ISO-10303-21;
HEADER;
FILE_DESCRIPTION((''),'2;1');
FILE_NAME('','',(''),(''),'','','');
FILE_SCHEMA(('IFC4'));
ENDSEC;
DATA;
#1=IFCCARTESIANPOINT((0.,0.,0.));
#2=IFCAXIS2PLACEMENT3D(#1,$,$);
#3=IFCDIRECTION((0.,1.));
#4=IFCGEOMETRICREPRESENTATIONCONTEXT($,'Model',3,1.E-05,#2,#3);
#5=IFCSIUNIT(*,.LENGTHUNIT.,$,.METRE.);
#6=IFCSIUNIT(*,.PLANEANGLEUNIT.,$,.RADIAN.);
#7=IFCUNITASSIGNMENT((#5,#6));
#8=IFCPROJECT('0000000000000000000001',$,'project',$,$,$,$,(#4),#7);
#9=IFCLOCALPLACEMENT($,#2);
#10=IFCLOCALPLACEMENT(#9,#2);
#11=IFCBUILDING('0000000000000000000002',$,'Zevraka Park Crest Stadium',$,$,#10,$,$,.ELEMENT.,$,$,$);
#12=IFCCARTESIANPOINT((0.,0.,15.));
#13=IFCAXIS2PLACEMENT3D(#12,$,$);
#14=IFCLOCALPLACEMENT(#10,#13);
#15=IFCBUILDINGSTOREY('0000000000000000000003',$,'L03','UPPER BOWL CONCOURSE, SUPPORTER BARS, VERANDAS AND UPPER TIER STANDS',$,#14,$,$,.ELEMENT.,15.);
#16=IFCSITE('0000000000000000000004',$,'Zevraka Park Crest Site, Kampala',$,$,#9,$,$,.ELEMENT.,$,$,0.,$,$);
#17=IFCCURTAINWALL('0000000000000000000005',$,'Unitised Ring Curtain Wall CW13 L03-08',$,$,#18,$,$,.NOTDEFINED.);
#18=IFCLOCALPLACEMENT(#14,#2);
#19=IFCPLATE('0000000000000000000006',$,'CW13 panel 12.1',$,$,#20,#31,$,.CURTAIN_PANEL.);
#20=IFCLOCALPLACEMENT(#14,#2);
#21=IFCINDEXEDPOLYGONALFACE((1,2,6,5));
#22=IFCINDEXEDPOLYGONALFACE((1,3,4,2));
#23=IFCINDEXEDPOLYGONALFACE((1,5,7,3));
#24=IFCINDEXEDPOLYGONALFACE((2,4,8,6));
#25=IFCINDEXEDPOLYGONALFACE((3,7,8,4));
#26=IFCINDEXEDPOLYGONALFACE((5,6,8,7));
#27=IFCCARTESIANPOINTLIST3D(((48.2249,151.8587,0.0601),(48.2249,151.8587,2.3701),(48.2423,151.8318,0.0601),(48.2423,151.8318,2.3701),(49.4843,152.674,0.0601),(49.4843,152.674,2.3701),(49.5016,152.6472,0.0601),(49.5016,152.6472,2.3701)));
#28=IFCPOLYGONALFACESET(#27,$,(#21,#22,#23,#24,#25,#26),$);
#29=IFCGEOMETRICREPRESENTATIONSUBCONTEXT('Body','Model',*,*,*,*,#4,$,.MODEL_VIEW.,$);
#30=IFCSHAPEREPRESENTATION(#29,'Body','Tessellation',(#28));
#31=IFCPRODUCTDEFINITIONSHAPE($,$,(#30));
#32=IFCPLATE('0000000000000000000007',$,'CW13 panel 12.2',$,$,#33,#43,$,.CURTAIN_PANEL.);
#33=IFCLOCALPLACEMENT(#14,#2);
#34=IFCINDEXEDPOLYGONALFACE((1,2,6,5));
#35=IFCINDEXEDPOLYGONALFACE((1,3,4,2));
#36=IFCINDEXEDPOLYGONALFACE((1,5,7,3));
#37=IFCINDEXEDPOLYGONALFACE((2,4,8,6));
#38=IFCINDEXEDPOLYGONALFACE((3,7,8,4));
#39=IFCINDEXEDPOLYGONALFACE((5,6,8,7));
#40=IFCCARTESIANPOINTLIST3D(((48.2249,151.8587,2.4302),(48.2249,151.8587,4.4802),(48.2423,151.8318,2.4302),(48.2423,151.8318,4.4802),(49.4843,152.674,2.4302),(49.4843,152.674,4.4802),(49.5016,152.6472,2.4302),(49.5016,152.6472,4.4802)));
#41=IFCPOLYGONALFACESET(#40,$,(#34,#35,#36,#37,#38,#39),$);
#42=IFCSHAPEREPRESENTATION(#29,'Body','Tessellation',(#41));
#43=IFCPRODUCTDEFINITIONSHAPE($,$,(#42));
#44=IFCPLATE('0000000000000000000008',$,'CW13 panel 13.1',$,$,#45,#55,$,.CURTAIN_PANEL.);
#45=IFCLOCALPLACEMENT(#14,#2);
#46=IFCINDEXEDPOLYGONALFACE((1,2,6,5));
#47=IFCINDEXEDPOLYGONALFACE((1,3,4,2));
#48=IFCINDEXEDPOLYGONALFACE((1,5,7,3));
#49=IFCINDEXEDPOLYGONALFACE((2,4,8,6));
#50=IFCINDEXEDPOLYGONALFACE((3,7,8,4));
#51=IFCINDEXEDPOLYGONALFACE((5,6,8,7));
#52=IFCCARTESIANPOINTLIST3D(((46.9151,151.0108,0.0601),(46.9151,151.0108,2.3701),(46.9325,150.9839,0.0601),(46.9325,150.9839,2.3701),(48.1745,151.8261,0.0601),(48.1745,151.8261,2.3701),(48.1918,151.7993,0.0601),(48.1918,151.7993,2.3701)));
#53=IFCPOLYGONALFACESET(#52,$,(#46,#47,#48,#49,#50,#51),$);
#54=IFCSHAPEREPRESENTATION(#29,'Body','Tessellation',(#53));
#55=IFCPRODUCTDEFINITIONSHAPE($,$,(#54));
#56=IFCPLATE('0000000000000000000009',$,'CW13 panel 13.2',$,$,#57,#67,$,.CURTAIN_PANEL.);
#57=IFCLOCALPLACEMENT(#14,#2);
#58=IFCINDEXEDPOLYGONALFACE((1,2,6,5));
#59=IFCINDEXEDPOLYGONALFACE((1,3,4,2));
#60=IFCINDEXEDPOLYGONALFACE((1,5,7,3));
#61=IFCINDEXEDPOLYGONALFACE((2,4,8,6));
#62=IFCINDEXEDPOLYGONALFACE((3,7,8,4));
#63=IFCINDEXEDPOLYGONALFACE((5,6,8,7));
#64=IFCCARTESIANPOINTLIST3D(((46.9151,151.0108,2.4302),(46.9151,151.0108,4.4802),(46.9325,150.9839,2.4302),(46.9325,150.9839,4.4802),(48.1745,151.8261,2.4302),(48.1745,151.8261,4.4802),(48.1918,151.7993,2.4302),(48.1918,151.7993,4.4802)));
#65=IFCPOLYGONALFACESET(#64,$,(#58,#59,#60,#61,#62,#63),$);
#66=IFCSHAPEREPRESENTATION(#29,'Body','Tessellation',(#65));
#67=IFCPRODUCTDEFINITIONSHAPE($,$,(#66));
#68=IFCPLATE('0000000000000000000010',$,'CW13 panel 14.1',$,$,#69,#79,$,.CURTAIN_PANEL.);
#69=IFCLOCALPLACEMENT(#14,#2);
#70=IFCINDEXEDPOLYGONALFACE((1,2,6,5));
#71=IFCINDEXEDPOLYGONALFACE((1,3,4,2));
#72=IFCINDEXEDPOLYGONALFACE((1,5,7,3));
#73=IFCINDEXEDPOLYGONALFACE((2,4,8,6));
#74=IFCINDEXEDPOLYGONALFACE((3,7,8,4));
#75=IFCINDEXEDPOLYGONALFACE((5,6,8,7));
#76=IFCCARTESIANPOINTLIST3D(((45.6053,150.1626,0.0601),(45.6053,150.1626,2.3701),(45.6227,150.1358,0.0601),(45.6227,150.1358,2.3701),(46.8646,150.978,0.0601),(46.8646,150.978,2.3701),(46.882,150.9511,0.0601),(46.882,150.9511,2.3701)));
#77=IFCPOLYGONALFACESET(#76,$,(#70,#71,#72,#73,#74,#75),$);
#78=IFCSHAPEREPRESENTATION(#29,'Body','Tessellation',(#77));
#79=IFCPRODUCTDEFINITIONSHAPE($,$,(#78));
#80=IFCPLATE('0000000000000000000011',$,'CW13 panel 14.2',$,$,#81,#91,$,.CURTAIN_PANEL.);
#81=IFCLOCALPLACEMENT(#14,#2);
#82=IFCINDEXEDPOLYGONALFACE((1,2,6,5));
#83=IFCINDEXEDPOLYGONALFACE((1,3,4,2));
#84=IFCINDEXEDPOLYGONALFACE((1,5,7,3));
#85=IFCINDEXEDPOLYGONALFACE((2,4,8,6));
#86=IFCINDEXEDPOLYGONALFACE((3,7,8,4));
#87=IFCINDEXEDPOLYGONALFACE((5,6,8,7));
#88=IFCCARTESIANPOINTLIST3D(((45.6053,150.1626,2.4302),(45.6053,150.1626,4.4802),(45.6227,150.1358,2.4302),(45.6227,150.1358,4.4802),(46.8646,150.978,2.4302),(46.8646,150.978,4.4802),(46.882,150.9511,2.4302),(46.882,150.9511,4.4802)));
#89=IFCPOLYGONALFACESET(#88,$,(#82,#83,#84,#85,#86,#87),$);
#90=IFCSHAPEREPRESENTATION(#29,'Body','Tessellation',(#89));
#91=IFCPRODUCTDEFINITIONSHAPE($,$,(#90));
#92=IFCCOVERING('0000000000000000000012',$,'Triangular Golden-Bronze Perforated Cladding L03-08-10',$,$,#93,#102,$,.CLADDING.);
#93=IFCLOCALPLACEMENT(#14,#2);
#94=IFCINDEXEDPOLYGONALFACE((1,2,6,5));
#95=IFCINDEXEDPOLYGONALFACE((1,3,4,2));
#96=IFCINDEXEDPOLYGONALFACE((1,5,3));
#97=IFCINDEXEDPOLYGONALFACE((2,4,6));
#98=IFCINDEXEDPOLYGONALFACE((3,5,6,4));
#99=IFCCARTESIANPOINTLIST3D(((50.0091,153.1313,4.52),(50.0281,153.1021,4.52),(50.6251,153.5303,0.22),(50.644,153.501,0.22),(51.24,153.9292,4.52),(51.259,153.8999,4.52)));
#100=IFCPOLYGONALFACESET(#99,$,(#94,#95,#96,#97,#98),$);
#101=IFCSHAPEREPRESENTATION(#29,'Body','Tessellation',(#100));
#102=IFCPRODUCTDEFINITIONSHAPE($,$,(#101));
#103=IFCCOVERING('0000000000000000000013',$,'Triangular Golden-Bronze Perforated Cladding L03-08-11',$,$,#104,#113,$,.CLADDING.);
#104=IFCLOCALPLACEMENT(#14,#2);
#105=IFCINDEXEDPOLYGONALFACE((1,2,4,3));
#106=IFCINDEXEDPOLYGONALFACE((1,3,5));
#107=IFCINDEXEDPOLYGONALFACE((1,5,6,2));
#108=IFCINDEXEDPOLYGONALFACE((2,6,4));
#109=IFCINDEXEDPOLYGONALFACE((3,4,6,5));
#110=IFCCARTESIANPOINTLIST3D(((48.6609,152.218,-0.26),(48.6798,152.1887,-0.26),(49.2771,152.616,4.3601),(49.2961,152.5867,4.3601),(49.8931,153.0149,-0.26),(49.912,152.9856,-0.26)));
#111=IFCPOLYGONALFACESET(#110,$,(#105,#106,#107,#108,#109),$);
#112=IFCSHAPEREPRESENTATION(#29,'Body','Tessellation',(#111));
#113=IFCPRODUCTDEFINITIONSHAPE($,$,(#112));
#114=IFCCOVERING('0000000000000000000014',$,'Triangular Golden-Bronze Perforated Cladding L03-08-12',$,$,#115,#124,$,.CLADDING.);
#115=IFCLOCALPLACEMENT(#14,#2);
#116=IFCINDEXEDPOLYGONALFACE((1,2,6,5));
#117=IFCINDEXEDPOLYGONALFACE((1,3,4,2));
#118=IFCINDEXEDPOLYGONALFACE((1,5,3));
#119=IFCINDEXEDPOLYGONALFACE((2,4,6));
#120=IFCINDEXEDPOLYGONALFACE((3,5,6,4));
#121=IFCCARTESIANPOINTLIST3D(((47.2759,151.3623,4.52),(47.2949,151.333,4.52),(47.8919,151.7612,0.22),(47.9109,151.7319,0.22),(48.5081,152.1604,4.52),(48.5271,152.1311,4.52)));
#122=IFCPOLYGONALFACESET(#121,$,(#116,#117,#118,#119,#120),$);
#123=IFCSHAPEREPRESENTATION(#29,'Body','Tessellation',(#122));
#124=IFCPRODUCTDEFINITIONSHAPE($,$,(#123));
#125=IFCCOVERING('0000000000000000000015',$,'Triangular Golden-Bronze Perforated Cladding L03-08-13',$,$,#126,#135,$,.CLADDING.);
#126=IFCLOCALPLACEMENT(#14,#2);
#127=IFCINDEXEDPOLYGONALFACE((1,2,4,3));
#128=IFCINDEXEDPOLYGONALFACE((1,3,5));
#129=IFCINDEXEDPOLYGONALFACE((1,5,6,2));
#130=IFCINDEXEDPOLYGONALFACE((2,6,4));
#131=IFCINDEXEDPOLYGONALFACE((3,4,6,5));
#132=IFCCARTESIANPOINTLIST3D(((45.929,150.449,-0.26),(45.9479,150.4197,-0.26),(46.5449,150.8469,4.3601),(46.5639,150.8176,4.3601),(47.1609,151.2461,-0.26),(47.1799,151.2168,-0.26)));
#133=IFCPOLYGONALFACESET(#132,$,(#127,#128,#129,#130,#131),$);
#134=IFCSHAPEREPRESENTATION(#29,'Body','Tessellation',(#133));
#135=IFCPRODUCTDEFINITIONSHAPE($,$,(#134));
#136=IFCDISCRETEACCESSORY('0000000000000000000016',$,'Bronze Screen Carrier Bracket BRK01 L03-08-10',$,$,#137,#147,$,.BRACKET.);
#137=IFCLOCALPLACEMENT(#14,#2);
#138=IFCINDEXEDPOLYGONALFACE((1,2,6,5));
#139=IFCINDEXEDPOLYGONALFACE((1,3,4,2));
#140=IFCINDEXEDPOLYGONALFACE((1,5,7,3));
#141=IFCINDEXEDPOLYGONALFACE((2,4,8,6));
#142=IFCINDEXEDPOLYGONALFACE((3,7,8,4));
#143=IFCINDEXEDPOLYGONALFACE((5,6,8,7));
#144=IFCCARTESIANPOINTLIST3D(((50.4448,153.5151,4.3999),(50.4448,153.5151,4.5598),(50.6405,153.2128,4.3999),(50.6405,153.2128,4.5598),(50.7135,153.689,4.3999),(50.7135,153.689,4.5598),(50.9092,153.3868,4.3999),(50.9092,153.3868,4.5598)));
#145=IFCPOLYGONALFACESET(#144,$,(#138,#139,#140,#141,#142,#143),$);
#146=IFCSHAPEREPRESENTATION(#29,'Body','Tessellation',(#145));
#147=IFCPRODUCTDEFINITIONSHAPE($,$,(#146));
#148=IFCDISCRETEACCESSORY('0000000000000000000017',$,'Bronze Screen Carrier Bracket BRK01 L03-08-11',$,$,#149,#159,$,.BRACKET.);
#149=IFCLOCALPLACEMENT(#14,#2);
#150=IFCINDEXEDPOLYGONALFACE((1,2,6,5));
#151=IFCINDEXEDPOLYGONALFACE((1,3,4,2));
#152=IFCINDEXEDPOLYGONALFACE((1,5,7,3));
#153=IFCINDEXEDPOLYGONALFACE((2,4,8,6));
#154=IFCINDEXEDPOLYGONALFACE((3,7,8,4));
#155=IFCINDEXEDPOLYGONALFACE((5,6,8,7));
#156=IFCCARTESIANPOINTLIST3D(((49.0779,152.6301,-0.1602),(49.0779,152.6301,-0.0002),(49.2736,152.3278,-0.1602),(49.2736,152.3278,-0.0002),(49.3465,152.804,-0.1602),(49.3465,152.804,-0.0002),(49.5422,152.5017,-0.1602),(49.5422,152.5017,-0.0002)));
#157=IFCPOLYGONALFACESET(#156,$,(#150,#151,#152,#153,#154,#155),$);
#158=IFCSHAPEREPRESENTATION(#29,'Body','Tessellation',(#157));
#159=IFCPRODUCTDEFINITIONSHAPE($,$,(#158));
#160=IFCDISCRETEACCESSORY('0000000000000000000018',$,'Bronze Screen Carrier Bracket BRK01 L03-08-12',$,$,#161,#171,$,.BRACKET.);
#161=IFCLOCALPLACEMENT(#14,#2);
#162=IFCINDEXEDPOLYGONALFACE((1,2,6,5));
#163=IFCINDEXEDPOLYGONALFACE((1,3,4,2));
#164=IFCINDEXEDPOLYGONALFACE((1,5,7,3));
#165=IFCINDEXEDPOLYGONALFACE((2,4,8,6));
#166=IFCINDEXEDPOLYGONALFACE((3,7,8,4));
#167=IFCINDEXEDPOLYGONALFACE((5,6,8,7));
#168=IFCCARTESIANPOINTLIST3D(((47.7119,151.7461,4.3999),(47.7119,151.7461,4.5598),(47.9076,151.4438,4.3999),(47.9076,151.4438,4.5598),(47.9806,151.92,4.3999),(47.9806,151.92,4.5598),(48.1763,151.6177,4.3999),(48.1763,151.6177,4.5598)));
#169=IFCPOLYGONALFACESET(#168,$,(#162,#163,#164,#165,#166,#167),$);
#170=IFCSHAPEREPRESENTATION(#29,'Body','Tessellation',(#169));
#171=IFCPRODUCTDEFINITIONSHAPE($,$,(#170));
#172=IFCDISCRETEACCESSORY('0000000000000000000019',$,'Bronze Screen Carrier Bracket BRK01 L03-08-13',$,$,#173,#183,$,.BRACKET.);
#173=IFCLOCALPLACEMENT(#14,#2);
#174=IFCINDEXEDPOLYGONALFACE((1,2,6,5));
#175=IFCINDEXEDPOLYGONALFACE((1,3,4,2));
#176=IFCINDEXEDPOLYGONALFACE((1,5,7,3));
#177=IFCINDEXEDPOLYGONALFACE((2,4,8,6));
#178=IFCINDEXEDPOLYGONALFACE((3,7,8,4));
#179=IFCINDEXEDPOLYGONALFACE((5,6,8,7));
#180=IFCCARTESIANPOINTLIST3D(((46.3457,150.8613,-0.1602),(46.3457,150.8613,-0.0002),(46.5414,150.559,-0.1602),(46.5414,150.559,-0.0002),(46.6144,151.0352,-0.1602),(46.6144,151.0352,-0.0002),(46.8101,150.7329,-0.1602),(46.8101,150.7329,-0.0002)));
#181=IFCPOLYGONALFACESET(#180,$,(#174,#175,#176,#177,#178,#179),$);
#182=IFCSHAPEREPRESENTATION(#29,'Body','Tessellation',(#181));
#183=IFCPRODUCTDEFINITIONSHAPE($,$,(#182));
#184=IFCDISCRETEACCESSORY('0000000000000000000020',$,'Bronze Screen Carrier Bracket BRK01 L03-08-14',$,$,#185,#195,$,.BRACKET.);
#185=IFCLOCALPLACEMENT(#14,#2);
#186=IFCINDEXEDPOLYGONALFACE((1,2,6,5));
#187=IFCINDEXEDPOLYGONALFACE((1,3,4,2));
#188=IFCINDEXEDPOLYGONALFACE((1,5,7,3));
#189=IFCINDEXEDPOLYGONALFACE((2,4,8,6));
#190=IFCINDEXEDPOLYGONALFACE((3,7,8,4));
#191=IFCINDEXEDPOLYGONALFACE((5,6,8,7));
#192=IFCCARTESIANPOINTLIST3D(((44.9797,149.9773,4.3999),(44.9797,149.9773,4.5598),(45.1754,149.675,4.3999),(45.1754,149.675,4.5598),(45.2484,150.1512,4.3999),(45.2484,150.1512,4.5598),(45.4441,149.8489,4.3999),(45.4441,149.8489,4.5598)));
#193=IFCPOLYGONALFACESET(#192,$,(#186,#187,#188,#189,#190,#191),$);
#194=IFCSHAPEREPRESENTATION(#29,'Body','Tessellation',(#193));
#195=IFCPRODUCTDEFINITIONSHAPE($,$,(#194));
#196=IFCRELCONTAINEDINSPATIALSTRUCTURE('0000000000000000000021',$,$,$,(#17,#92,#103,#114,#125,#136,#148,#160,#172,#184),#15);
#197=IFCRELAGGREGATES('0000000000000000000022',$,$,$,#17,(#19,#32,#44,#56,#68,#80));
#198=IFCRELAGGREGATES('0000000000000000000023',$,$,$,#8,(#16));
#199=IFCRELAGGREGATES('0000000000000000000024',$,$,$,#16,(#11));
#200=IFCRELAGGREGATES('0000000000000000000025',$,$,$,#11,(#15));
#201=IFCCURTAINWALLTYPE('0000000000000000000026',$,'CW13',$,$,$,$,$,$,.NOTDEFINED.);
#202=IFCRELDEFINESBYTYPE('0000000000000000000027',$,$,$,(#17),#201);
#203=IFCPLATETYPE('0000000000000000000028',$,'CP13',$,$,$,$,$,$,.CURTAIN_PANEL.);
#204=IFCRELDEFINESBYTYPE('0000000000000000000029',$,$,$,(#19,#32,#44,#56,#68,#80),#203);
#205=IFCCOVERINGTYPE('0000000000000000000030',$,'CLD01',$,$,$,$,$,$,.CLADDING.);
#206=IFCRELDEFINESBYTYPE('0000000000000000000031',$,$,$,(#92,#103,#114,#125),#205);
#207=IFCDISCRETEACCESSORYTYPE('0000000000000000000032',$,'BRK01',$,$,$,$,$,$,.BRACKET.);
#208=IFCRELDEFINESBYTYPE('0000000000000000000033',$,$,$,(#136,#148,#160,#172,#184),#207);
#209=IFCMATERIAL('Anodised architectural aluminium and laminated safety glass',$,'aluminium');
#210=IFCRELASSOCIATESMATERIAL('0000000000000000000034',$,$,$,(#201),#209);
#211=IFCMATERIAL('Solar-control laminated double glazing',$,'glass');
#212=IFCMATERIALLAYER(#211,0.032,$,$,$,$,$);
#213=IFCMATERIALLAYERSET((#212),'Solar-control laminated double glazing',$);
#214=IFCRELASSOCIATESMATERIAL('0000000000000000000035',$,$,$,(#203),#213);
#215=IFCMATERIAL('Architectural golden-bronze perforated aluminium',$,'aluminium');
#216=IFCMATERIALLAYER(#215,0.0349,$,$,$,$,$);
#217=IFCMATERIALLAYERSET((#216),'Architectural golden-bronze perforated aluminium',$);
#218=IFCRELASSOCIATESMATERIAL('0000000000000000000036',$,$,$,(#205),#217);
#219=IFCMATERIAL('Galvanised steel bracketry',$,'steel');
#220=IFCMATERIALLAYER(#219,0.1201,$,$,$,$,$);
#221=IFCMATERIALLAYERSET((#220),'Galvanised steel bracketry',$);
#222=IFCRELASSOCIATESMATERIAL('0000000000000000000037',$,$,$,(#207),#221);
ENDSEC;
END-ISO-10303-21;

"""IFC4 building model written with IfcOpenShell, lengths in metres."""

from ifc_helpers import new_model, si_unit, direction, frame, origin, origin_2d, place, context, subcontext, project, spatial, polyline, rectangle, outline, extrude, material, layer, layer_set, type_object, element, aggregate, save


model = new_model("IFC4")

# Units and contexts
model_context = context("Model", 3, precision=1e-05, world=origin(), true_north=direction((0.0, 1.0)))
body_context = subcontext(model_context, "Body", "Model", "MODEL_VIEW")
ifc_project = project(units=[si_unit("LENGTHUNIT", "METRE"), si_unit("PLANEANGLEUNIT", "RADIAN")], contexts=[model_context])

# Site, building, storey
site_placement = place(None, origin())
site = spatial("IfcSite", under=ifc_project, at=site_placement, Name="Zevraka Park Crest Site, Kampala", CompositionType="ELEMENT", RefElevation=0.0)
building_placement = place(site_placement, origin())
building = spatial("IfcBuilding", under=site, at=building_placement, Name="Zevraka Park Crest Stadium", CompositionType="ELEMENT")
storey_placement = place(building_placement, frame((0.0, 0.0, 15.0)))
storey = spatial("IfcBuildingStorey", under=building, at=storey_placement, Name="L03", Description="UPPER BOWL CONCOURSE, SUPPORTER BARS, VERANDAS AND UPPER TIER STANDS", CompositionType="ELEMENT", Elevation=15.0)

# Curtain wall
ifc_material_1 = material(Name="Anodised architectural aluminium and laminated safety glass", Category="aluminium")
curtain_wall_type = type_object("IfcCurtainWallType", Name="CW13", PredefinedType="NOTDEFINED", material=ifc_material_1)
curtain_wall_placement = place(storey_placement, origin())
curtain_wall = element("IfcCurtainWall", 1, at=curtain_wall_placement, inside=storey, type_object=curtain_wall_type, Name="Unitised Ring Curtain Wall CW13 L03-08", PredefinedType="NOTDEFINED")

# Plates
ifc_material_2 = material(Name="Solar-control laminated double glazing", Category="glass")
ifc_layer_1 = layer(ifc_material_2, 0.032)
ifc_layer_set_1 = layer_set([ifc_layer_1], Name="Solar-control laminated double glazing")
plate_type = type_object("IfcPlateType", Name="CP13", PredefinedType="CURTAIN_PANEL", material=ifc_layer_set_1)
plate_1_placement = place(storey_placement, frame((48.8633, 152.2529, 0.0601), z_axis=(0.0, 0.0, 1.0), x_axis=(-0.839429, -0.543469, 0.0)))
plate_1 = element("IfcPlate", 2, at=plate_1_placement, type_object=plate_type, Name="CW13 panel 12.1", PredefinedType="CURTAIN_PANEL", context=body_context, shape_type="SweptSolid", body=[
    extrude(rectangle(XDim=1.5002, YDim=0.032, at=origin_2d()), origin(), (0.0, 0.0, 1.0), 2.3101),
])
plate_2_placement = place(storey_placement, frame((48.8633, 152.2529, 2.4302), z_axis=(0.0, 0.0, 1.0), x_axis=(-0.839429, -0.543469, 0.0)))
plate_2 = element("IfcPlate", 3, at=plate_2_placement, type_object=plate_type, Name="CW13 panel 12.2", PredefinedType="CURTAIN_PANEL", context=body_context, shape_type="SweptSolid", body=[
    extrude(rectangle(XDim=1.5002, YDim=0.032, at=origin_2d()), origin(), (0.0, 0.0, 1.0), 2.05),
])
plate_3_placement = place(storey_placement, frame((47.5535, 151.405, 0.0601), z_axis=(0.0, 0.0, 1.0), x_axis=(-0.839429, -0.543469, 0.0)))
plate_3 = element("IfcPlate", 4, at=plate_3_placement, type_object=plate_type, Name="CW13 panel 13.1", PredefinedType="CURTAIN_PANEL", context=body_context, shape_type="SweptSolid", body=[
    extrude(rectangle(XDim=1.5002, YDim=0.032, at=origin_2d()), origin(), (0.0, 0.0, 1.0), 2.3101),
])
plate_4_placement = place(storey_placement, frame((47.5535, 151.405, 2.4302), z_axis=(0.0, 0.0, 1.0), x_axis=(-0.839429, -0.543469, 0.0)))
plate_4 = element("IfcPlate", 5, at=plate_4_placement, type_object=plate_type, Name="CW13 panel 13.2", PredefinedType="CURTAIN_PANEL", context=body_context, shape_type="SweptSolid", body=[
    extrude(rectangle(XDim=1.5002, YDim=0.032, at=origin_2d()), origin(), (0.0, 0.0, 1.0), 2.05),
])
plate_5_placement = place(storey_placement, frame((46.2437, 150.5569, 0.0601), z_axis=(0.0, 0.0, 1.0), x_axis=(-0.839429, -0.543469, 0.0)))
plate_5 = element("IfcPlate", 6, at=plate_5_placement, type_object=plate_type, Name="CW13 panel 14.1", PredefinedType="CURTAIN_PANEL", context=body_context, shape_type="SweptSolid", body=[
    extrude(rectangle(XDim=1.5002, YDim=0.032, at=origin_2d()), origin(), (0.0, 0.0, 1.0), 2.3101),
])
plate_6_placement = place(storey_placement, frame((46.2437, 150.5569, 2.4302), z_axis=(0.0, 0.0, 1.0), x_axis=(-0.839429, -0.543469, 0.0)))
plate_6 = element("IfcPlate", 7, at=plate_6_placement, type_object=plate_type, Name="CW13 panel 14.2", PredefinedType="CURTAIN_PANEL", context=body_context, shape_type="SweptSolid", body=[
    extrude(rectangle(XDim=1.5002, YDim=0.032, at=origin_2d()), origin(), (0.0, 0.0, 1.0), 2.05),
])
aggregate(curtain_wall, [plate_1, plate_2, plate_3, plate_4, plate_5, plate_6])

# Coverings
ifc_material_3 = material(Name="Architectural golden-bronze perforated aluminium", Category="aluminium")
ifc_layer_2 = layer(ifc_material_3, 0.0349)
ifc_layer_set_2 = layer_set([ifc_layer_2], Name="Architectural golden-bronze perforated aluminium")
covering_type = type_object("IfcCoveringType", Name="CLD01", PredefinedType="CLADDING", material=ifc_layer_set_2)
covering_1_placement = place(storey_placement, frame((50.0281, 153.1021, 4.52), z_axis=(0.5439, -0.83915, 0.000062), x_axis=(0.83915, 0.5439, 0.0)))
element("IfcCovering", 8, at=covering_1_placement, inside=storey, type_object=covering_type, Name="Triangular Golden-Bronze Perforated Cladding L03-08-10", PredefinedType="CLADDING", context=body_context, shape_type="SweptSolid", body=[
    extrude(outline(polyline([(0.0, 0.0), (1.4669, 0.0), (0.7339, -4.3), (0.0, 0.0)])), origin(), (0.0, 0.0, -1.0), 0.0349),
])
covering_2_placement = place(storey_placement, frame((49.8931, 153.0149, -0.26), z_axis=(-0.543051, 0.8397, 0.000103), x_axis=(-0.8397, -0.543051, 0.0)))
element("IfcCovering", 9, at=covering_2_placement, inside=storey, type_object=covering_type, Name="Triangular Golden-Bronze Perforated Cladding L03-08-11", PredefinedType="CLADDING", context=body_context, shape_type="SweptSolid", body=[
    extrude(outline(polyline([(0.0, 0.0), (1.4674, 0.0), (0.7339, 4.6201), (0.0, 0.0)])), origin(), (0.0, 0.0, -1.0), 0.0349),
])
covering_3_placement = place(storey_placement, frame((47.2949, 151.333, 4.52), z_axis=(0.543637, -0.83932, 0.000008), x_axis=(0.83932, 0.543637, 0.0)))
element("IfcCovering", 10, at=covering_3_placement, inside=storey, type_object=covering_type, Name="Triangular Golden-Bronze Perforated Cladding L03-08-12", PredefinedType="CLADDING", context=body_context, shape_type="SweptSolid", body=[
    extrude(outline(polyline([(0.0, 0.0), (1.4681, 0.0), (0.7339, -4.3), (0.0, 0.0)])), origin(), (0.0, 0.0, -1.0), 0.0349),
])
covering_4_placement = place(storey_placement, frame((47.1609, 151.2461, -0.26), z_axis=(-0.543244, 0.839575, 0.000111), x_axis=(-0.839575, -0.543244, 0.0)))
element("IfcCovering", 11, at=covering_4_placement, inside=storey, type_object=covering_type, Name="Triangular Golden-Bronze Perforated Cladding L03-08-13", PredefinedType="CLADDING", context=body_context, shape_type="SweptSolid", body=[
    extrude(outline(polyline([(0.0, 0.0), (1.4673, 0.0), (0.734, 4.6201), (0.0, 0.0)])), origin(), (0.0, 0.0, -1.0), 0.0349),
])

# Discrete accessories
ifc_material_4 = material(Name="Galvanised steel bracketry", Category="steel")
ifc_layer_3 = layer(ifc_material_4, 0.1201)
ifc_layer_set_3 = layer_set([ifc_layer_3], Name="Galvanised steel bracketry")
discrete_accessory_type = type_object("IfcDiscreteAccessoryType", Name="BRK01", PredefinedType="BRACKET", material=ifc_layer_set_3)
for number, where, z_axis, x_axis, name in (
    (12, (50.677, 153.4509, 4.3999), (0.0, 0.0, 1.0), (-0.83943, -0.543467, 0.0), "Bronze Screen Carrier Bracket BRK01 L03-08-10"),
    (13, (49.3101, 152.5659, -0.1602), (0.0, 0.0, 1.0), (-0.83943, -0.543467, 0.0), "Bronze Screen Carrier Bracket BRK01 L03-08-11"),
    (14, (47.9441, 151.6819, 4.3999), (0.0, 0.0, 1.0), (-0.83943, -0.543467, 0.0), "Bronze Screen Carrier Bracket BRK01 L03-08-12"),
    (15, (46.5779, 150.7971, -0.1602), (0.0, 0.0, 1.0), (-0.83943, -0.543467, 0.0), "Bronze Screen Carrier Bracket BRK01 L03-08-13"),
    (16, (45.2119, 149.9131, 4.3999), (0.0, 0.0, 1.0), (-0.83943, -0.543467, 0.0), "Bronze Screen Carrier Bracket BRK01 L03-08-14"),
):
    element("IfcDiscreteAccessory", number, at=place(storey_placement, frame(where, z_axis=z_axis, x_axis=x_axis)), inside=storey, type_object=discrete_accessory_type, Name=name, PredefinedType="BRACKET", context=body_context, shape_type="SweptSolid", body=[
        extrude(rectangle(XDim=0.3201, YDim=0.3601, at=origin_2d()), origin(), (0.0, 0.0, 1.0), 0.1599),
    ])

save(model, "model.ifc")
